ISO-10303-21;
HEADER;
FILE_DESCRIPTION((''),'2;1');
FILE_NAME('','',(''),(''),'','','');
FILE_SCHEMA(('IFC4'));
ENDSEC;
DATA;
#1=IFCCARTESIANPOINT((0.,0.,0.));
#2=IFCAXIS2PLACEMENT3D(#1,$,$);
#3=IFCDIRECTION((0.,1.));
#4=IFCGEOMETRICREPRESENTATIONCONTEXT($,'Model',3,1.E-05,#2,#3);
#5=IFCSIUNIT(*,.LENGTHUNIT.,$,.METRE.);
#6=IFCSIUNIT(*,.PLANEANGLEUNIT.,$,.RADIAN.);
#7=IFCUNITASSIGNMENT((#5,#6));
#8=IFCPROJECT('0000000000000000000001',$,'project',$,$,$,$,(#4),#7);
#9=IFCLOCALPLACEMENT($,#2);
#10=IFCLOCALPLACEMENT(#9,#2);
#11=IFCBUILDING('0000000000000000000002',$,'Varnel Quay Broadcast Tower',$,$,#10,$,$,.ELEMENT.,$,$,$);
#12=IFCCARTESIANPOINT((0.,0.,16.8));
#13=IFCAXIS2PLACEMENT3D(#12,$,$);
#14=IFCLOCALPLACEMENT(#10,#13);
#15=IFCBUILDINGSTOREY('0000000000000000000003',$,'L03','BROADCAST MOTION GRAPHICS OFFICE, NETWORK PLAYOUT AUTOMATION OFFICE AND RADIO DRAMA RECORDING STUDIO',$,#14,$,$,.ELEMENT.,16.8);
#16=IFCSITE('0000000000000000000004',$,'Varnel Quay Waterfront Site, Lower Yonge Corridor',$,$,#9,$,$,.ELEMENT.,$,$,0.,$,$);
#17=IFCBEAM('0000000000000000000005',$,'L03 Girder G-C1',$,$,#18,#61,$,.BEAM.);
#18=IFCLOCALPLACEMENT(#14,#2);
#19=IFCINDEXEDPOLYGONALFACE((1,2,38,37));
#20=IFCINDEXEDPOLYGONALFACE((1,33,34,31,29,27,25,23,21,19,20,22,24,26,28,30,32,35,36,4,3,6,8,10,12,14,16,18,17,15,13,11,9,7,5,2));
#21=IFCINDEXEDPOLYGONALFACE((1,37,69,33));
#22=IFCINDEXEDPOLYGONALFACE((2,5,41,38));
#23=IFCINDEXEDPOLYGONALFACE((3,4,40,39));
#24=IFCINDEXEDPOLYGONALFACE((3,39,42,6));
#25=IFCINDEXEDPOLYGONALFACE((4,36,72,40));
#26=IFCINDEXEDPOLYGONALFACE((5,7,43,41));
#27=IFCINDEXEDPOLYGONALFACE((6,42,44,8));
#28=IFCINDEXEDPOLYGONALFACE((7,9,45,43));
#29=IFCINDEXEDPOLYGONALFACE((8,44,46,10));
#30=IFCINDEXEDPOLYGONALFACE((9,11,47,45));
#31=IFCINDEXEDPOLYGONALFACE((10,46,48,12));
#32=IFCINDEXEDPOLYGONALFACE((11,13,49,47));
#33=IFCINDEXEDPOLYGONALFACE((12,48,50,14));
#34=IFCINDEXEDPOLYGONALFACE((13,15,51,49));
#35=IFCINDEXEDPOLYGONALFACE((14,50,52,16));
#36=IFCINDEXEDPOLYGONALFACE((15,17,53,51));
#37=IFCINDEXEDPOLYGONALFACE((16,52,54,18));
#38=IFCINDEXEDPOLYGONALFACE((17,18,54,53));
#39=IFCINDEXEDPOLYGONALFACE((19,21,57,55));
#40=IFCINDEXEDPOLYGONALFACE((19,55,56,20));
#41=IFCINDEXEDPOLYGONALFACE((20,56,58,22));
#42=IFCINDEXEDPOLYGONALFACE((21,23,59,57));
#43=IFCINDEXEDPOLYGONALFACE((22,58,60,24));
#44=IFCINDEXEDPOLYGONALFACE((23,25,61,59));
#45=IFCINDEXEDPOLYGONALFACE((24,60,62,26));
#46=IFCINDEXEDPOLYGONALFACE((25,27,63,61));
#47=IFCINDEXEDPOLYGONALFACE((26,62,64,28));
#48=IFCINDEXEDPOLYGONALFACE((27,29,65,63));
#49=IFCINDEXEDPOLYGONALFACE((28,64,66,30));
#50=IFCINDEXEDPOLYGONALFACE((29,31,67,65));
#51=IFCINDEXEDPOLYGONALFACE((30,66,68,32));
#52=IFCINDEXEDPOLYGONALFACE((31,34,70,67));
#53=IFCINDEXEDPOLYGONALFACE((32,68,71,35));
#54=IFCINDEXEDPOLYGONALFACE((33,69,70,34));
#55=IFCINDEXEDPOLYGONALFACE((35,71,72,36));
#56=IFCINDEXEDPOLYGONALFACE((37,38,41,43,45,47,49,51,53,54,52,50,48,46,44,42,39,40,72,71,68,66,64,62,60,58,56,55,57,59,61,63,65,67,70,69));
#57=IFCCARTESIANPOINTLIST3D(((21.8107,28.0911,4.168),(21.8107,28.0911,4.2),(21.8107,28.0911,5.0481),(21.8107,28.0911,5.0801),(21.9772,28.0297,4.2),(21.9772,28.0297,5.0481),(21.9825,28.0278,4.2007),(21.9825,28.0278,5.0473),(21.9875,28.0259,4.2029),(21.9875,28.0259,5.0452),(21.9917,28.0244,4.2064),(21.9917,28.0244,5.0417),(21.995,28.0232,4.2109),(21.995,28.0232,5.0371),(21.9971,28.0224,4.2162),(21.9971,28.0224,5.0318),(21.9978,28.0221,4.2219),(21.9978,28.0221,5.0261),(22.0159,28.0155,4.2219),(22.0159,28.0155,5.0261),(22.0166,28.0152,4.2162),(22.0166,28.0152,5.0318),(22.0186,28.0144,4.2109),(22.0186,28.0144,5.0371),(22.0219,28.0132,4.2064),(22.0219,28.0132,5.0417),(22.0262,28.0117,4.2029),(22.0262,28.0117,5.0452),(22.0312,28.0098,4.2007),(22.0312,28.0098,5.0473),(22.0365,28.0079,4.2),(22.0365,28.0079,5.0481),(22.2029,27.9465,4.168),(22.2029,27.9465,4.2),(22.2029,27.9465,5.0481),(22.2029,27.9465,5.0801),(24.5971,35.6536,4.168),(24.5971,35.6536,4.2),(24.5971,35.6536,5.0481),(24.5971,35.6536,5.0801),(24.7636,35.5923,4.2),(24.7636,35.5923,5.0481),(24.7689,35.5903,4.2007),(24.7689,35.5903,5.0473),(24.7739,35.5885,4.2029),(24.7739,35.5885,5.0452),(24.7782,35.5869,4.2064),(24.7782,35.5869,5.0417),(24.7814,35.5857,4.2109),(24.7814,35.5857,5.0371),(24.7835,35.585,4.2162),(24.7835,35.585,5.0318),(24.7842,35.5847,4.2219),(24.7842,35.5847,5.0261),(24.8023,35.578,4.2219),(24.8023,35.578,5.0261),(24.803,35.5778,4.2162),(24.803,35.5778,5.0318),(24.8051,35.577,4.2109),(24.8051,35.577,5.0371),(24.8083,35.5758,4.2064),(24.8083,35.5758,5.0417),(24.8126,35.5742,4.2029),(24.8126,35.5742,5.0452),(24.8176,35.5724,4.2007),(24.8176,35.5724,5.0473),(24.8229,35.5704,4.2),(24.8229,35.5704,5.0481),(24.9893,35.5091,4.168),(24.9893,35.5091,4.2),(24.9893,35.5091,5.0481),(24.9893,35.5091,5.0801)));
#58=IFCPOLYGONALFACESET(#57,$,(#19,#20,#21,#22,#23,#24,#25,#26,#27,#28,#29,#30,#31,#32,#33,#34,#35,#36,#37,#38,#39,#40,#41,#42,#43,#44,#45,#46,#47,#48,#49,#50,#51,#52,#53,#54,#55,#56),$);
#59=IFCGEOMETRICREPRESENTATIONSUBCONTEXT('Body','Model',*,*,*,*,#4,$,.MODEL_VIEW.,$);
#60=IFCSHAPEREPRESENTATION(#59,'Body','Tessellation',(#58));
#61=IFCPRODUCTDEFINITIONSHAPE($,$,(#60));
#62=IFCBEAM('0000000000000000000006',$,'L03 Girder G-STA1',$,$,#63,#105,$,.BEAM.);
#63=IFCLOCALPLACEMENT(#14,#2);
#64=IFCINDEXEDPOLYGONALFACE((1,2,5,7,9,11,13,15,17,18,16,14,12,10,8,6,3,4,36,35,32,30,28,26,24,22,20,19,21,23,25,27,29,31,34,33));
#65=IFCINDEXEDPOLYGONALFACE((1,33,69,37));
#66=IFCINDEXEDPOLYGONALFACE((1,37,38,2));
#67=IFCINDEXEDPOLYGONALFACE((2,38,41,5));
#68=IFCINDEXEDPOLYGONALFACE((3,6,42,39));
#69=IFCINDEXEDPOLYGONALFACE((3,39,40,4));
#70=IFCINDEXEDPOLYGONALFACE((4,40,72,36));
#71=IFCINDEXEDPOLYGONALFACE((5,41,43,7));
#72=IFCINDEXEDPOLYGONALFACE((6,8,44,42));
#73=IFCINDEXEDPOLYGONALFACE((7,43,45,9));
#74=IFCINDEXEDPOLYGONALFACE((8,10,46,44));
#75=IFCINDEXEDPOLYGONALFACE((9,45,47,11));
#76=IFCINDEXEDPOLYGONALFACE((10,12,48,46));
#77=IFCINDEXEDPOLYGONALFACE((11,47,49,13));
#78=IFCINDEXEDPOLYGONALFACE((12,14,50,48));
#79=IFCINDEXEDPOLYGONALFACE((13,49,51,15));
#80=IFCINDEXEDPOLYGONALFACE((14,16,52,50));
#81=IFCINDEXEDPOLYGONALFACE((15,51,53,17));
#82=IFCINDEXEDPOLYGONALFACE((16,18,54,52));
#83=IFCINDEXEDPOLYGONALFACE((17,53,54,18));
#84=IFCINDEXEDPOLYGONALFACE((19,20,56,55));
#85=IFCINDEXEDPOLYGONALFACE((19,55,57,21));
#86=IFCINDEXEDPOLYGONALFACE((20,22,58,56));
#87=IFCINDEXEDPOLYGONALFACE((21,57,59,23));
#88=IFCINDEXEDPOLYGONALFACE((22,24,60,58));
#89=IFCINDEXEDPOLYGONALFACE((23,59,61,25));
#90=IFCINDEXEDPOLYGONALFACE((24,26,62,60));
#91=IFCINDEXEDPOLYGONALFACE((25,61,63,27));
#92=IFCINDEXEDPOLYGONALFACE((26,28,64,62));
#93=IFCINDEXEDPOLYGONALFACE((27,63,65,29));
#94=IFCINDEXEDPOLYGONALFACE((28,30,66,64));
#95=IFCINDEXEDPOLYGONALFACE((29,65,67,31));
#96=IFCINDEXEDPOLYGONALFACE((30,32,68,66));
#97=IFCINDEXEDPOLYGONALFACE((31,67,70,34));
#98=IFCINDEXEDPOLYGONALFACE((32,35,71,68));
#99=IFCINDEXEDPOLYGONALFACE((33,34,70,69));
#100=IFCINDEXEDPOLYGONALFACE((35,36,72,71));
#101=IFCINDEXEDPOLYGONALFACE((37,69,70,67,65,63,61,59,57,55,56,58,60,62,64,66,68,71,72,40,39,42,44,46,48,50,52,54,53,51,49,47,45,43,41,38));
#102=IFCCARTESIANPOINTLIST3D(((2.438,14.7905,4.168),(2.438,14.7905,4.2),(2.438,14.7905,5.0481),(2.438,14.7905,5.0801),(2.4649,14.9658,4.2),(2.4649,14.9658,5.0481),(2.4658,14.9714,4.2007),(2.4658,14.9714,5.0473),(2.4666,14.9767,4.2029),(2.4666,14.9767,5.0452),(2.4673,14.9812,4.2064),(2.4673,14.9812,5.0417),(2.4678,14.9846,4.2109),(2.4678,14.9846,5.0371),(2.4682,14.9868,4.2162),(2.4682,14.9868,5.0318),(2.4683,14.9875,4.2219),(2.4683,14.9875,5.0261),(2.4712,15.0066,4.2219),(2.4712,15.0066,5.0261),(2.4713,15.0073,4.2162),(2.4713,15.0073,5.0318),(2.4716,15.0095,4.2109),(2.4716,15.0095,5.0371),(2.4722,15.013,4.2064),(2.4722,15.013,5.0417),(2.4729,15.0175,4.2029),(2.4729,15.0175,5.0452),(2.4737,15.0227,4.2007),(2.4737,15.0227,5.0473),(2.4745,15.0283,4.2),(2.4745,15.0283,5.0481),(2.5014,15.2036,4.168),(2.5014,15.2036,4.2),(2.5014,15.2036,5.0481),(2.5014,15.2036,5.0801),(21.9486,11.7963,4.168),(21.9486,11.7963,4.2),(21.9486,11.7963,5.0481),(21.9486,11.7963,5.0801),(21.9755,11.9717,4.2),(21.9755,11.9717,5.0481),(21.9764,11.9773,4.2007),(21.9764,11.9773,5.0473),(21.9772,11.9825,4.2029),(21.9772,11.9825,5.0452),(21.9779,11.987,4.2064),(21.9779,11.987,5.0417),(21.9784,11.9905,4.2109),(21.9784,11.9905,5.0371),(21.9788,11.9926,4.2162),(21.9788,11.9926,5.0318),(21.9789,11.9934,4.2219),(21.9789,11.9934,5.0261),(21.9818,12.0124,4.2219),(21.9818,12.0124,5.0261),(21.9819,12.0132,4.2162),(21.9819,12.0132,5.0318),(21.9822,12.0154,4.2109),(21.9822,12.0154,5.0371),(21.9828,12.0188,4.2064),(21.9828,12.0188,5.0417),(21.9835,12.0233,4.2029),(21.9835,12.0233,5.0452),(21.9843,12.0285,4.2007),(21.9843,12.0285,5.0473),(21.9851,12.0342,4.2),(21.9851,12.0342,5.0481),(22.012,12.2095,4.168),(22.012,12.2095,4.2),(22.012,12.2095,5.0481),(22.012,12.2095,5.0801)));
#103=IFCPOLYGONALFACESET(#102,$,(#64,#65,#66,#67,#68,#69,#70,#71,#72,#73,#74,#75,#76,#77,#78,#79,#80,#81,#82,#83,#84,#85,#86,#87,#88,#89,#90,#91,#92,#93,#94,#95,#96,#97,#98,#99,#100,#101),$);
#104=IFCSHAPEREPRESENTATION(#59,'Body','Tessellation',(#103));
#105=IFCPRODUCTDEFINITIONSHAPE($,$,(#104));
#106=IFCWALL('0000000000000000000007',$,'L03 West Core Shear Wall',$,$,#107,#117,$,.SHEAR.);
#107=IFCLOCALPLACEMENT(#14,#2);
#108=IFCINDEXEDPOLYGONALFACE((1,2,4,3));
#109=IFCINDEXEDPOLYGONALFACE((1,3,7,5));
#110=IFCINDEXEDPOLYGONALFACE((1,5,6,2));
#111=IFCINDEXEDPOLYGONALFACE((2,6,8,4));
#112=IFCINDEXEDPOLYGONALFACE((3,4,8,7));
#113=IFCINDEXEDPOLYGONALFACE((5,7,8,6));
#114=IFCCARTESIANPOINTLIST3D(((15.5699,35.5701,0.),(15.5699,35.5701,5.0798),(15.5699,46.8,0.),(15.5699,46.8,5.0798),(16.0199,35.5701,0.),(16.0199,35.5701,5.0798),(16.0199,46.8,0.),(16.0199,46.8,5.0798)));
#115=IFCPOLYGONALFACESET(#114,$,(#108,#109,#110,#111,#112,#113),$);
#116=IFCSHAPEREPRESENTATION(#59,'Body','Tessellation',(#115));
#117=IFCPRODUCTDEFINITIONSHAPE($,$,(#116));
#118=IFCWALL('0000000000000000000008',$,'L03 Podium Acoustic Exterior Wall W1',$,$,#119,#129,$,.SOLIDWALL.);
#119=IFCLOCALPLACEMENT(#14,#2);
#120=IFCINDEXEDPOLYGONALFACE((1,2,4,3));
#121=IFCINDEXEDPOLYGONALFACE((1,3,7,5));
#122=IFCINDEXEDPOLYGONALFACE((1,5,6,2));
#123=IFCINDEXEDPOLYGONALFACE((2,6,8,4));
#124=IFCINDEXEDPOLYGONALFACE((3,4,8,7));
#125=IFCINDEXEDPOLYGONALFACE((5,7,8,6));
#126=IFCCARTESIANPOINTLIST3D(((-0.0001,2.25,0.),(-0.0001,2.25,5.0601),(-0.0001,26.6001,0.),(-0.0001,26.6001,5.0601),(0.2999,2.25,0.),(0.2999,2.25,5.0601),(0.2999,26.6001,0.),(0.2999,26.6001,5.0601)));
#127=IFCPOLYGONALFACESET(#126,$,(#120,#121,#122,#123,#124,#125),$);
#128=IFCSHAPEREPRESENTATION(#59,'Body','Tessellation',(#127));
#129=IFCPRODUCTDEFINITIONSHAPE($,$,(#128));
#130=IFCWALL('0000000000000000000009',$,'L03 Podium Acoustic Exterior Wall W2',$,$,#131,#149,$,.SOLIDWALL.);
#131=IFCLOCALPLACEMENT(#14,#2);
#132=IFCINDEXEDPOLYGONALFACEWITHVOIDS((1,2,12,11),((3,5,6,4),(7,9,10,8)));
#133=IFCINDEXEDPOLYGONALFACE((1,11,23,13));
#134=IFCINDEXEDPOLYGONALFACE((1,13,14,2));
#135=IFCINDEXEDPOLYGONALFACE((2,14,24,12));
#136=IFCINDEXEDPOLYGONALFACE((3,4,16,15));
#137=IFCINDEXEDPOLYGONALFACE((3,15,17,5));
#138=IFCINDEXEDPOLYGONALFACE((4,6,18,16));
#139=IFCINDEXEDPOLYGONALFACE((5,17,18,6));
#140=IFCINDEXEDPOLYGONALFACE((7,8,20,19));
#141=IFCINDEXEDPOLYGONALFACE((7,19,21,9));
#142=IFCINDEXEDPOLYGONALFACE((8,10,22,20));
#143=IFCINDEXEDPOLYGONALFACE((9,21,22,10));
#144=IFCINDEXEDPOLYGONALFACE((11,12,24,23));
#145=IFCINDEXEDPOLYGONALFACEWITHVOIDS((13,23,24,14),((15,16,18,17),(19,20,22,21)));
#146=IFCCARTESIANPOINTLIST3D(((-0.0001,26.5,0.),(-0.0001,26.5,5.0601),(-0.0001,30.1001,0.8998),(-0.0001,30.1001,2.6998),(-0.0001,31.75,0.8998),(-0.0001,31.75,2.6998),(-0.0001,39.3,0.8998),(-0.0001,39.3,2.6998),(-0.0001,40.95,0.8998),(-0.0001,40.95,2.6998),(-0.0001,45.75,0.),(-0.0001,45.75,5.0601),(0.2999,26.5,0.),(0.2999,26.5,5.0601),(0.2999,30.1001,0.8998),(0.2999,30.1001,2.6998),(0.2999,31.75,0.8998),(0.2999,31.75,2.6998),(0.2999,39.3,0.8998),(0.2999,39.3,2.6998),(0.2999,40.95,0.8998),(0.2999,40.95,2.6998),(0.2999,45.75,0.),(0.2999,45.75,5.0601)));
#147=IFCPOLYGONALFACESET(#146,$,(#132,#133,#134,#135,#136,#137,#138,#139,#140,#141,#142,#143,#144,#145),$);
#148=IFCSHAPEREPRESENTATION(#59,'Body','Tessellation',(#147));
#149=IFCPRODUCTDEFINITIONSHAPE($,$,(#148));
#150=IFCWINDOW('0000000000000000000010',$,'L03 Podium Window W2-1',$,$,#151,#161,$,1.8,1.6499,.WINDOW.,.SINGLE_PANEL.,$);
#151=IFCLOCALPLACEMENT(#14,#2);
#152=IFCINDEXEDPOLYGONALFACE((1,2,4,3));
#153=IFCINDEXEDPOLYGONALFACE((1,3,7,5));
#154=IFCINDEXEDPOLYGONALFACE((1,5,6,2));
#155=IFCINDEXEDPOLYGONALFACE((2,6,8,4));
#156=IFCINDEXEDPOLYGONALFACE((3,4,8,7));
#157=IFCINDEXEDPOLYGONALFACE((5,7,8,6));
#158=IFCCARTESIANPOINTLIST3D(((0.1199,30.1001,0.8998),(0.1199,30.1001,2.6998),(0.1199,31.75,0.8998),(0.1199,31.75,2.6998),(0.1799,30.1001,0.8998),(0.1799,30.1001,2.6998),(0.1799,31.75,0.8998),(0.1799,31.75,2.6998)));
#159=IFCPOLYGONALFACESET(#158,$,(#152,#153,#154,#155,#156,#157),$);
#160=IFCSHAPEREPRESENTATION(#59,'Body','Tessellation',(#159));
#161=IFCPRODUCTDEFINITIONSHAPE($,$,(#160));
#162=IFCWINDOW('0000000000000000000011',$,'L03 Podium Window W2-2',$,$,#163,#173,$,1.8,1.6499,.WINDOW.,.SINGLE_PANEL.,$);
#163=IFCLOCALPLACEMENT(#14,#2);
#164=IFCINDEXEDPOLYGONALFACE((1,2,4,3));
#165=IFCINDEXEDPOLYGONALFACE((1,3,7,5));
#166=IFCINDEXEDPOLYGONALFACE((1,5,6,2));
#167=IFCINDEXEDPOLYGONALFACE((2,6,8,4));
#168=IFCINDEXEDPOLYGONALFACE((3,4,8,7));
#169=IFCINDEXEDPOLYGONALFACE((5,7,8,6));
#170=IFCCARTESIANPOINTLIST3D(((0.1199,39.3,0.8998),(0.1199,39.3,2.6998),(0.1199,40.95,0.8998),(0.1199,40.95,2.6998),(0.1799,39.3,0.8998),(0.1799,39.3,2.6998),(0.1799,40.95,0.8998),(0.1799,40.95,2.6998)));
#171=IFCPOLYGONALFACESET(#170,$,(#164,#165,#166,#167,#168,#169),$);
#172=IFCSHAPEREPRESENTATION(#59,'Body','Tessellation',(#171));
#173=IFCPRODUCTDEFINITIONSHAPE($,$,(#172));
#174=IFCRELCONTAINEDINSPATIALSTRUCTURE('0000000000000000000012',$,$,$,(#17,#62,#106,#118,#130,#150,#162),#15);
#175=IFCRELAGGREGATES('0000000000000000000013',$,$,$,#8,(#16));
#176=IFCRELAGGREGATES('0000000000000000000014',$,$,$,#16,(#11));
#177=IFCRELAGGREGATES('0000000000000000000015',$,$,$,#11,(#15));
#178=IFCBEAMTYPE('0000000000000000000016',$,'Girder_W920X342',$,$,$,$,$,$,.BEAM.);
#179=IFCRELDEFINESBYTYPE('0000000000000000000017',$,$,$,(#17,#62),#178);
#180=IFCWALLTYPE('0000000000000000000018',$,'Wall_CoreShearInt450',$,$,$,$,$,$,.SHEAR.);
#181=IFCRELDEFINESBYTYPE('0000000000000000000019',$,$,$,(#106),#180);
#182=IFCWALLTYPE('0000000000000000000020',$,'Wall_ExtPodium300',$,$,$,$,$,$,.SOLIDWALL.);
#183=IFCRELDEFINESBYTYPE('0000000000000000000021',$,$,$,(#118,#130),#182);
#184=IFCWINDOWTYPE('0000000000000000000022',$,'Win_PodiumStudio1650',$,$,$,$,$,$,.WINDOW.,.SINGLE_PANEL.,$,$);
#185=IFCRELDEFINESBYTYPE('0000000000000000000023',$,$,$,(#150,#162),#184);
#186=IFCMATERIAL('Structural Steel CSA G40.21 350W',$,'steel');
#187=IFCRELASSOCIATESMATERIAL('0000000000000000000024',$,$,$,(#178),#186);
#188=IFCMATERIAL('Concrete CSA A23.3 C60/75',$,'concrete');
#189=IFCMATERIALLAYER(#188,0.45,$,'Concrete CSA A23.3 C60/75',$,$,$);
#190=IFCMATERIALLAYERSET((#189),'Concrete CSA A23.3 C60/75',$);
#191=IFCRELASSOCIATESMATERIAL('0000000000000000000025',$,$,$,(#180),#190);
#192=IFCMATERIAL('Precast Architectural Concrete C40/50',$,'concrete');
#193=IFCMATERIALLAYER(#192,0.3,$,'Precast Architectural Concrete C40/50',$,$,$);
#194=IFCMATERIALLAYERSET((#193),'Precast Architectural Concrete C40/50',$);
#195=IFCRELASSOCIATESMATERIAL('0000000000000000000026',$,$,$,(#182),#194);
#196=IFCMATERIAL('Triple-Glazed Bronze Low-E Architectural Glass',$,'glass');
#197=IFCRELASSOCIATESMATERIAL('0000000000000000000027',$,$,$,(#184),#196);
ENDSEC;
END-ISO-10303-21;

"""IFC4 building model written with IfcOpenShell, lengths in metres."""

from ifc_helpers import new_model, si_unit, direction, frame, frame_2d, origin, origin_2d, place, context, subcontext, project, spatial, rectangle, i_section, extrude, source, transform, mapped, material, layer, layer_set, material_profile, profile_set, type_object, type_shapes, element, fill, save


model = new_model("IFC4")

# Units and contexts
model_context = context("Model", 3, precision=1e-05, world=origin(), true_north=direction((0.0, 1.0)))
body_context = subcontext(model_context, "Body", "Model", "MODEL_VIEW")
ifc_project = project(units=[si_unit("LENGTHUNIT", "METRE"), si_unit("PLANEANGLEUNIT", "RADIAN")], contexts=[model_context])

# Site, building, storey
site_placement = place(None, origin())
site = spatial("IfcSite", under=ifc_project, at=site_placement, Name="Varnel Quay Waterfront Site, Lower Yonge Corridor", CompositionType="ELEMENT", RefElevation=0.0)
building_placement = place(site_placement, origin())
building = spatial("IfcBuilding", under=site, at=building_placement, Name="Varnel Quay Broadcast Tower", CompositionType="ELEMENT")
storey_placement = place(building_placement, frame((0.0, 0.0, 16.8)))
storey = spatial("IfcBuildingStorey", under=building, at=storey_placement, Name="L03", Description="BROADCAST MOTION GRAPHICS OFFICE, NETWORK PLAYOUT AUTOMATION OFFICE AND RADIO DRAMA RECORDING STUDIO", CompositionType="ELEMENT", Elevation=16.8)

# Shared definitions
ifc_material_1 = material(Name="Structural Steel CSA G40.21 350W", Category="steel")

# Beams
ifc_material_profile_1 = material_profile(ifc_material_1, i_section(OverallWidth=0.418, OverallDepth=0.9121, WebThickness=0.0193, FlangeThickness=0.032, FilletRadius=0.022, at=origin_2d()), Name="W920X342")
ifc_profile_set_1 = profile_set([ifc_material_profile_1], Name="Structural Steel CSA G40.21 350W")
beam_type = type_object("IfcBeamType", Name="Girder_W920X342", PredefinedType="BEAM", material=ifc_profile_set_1)
shared_shape_1 = source(origin(), body_context, "Body", "SweptSolid", [
    extrude(i_section(OverallWidth=0.418, OverallDepth=0.9121, WebThickness=0.0193, FlangeThickness=0.032, FilletRadius=0.022, at=origin_2d()), origin(), (0.0, 0.0, 1.0), 8.0596),
])
beam_1_placement = place(storey_placement, frame((22.0068, 28.0188, 4.624), z_axis=(0.345726, 0.938335, 0.0), x_axis=(-0.938335, 0.345726, 0.0)))
element("IfcBeam", 1, at=beam_1_placement, inside=storey, type_object=beam_type, Name="L03 Girder G-C1", PredefinedType="BEAM", context=body_context, shape_type="MappedRepresentation", body=[
    mapped(shared_shape_1, transform((0.0, 0.0, 0.0), x_axis=(1.0, 0.0, 0.0), y_axis=(0.0, 1.0, 0.0), z_axis=(0.0, 0.0, 1.0), scale=1.0)),
])
shared_shape_2 = source(origin(), body_context, "Body", "SweptSolid", [
    extrude(i_section(OverallWidth=0.418, OverallDepth=0.9121, WebThickness=0.0193, FlangeThickness=0.032, FilletRadius=0.022, at=origin_2d()), origin(), (0.0, 0.0, 1.0), 19.739),
])
beam_2_placement = place(storey_placement, frame((2.4697, 14.9971, 4.624), z_axis=(0.988429, -0.151687, 0.0), x_axis=(0.151687, 0.988429, 0.0)))
element("IfcBeam", 2, at=beam_2_placement, inside=storey, type_object=beam_type, Name="L03 Girder G-STA1", PredefinedType="BEAM", context=body_context, shape_type="MappedRepresentation", body=[
    mapped(shared_shape_2, transform((0.0, 0.0, 0.0), x_axis=(1.0, 0.0, 0.0), y_axis=(0.0, 1.0, 0.0), z_axis=(0.0, 0.0, 1.0), scale=1.0)),
])

# Walls
ifc_material_2 = material(Name="Concrete CSA A23.3 C60/75", Category="concrete")
ifc_layer_1 = layer(ifc_material_2, 0.45, Name="Concrete CSA A23.3 C60/75")
ifc_layer_set_1 = layer_set([ifc_layer_1], Name="Concrete CSA A23.3 C60/75")
wall_type_1 = type_object("IfcWallType", Name="Wall_CoreShearInt450", PredefinedType="SHEAR", material=ifc_layer_set_1)
wall_1_placement = place(storey_placement, frame((15.7949, 35.5701, 0.0), z_axis=(0.0, 0.0, 1.0), x_axis=(0.0, 1.0, 0.0)))
element("IfcWall", 3, at=wall_1_placement, inside=storey, type_object=wall_type_1, Name="L03 West Core Shear Wall", PredefinedType="SHEAR", context=body_context, shape_type="SweptSolid", body=[
    extrude(rectangle(XDim=11.23, YDim=0.45, at=frame_2d((5.615, 0.0))), origin(), (0.0, 0.0, 1.0), 5.0798),
])
ifc_material_3 = material(Name="Precast Architectural Concrete C40/50", Category="concrete")
ifc_layer_2 = layer(ifc_material_3, 0.3, Name="Precast Architectural Concrete C40/50")
ifc_layer_set_2 = layer_set([ifc_layer_2], Name="Precast Architectural Concrete C40/50")
wall_type_2 = type_object("IfcWallType", Name="Wall_ExtPodium300", PredefinedType="SOLIDWALL", material=ifc_layer_set_2)
wall_2_placement = place(storey_placement, frame((0.1499, 2.25, 0.0), z_axis=(0.0, 0.0, 1.0), x_axis=(0.0, 1.0, 0.0)))
element("IfcWall", 4, at=wall_2_placement, inside=storey, type_object=wall_type_2, Name="L03 Podium Acoustic Exterior Wall W1", PredefinedType="SOLIDWALL", context=body_context, shape_type="SweptSolid", body=[
    extrude(rectangle(XDim=24.3501, YDim=0.3, at=frame_2d((12.175, 0.0))), origin(), (0.0, 0.0, 1.0), 5.0601),
])

# Wall, openings, windows
wall_3_placement = place(storey_placement, frame((0.1499, 26.5, 0.0), z_axis=(0.0, 0.0, 1.0), x_axis=(0.0, 1.0, 0.0)))
wall_3 = element("IfcWall", 5, at=wall_3_placement, inside=storey, type_object=wall_type_2, Name="L03 Podium Acoustic Exterior Wall W2", PredefinedType="SOLIDWALL", context=body_context, shape_type="SweptSolid", body=[
    extrude(rectangle(XDim=19.25, YDim=0.3, at=frame_2d((9.625, 0.0))), origin(), (0.0, 0.0, 1.0), 5.0601),
])
opening_1_placement = place(wall_3_placement, frame((3.6001, 0.0, 0.8999)))
opening_1 = element("IfcOpeningElement", 6, at=opening_1_placement, cuts=wall_3, PredefinedType="OPENING", context=body_context, shape_type="SweptSolid", body=[
    extrude(rectangle(XDim=1.6499, YDim=1.8, at=frame_2d((0.825, 0.8999))), frame((0.0, 0.1602, 0.0), z_axis=(0.0, -1.0, 0.0), x_axis=(1.0, 0.0, 0.0)), (0.0, 0.0, 1.0), 0.3201),
])
opening_2_placement = place(wall_3_placement, frame((12.8, 0.0, 0.8999)))
opening_2 = element("IfcOpeningElement", 7, at=opening_2_placement, cuts=wall_3, PredefinedType="OPENING", context=body_context, shape_type="SweptSolid", body=[
    extrude(rectangle(XDim=1.6499, YDim=1.8, at=frame_2d((0.825, 0.8999))), frame((0.0, 0.1602, 0.0), z_axis=(0.0, -1.0, 0.0), x_axis=(1.0, 0.0, 0.0)), (0.0, 0.0, 1.0), 0.3201),
])
ifc_material_4 = material(Name="Triple-Glazed Bronze Low-E Architectural Glass", Category="glass")
window_type_1 = type_object("IfcWindowType", Name="Win_PodiumStudio1650", PartitioningType="SINGLE_PANEL", PredefinedType="WINDOW", material=ifc_material_4)
shared_shape_3 = source(origin(), body_context, "Body", "SweptSolid", [
    extrude(rectangle(XDim=1.6499, YDim=1.8, at=frame_2d((0.825, 0.8999))), frame((0.0, 0.03, 0.0), z_axis=(0.0, -1.0, 0.0), x_axis=(1.0, 0.0, 0.0)), (0.0, 0.0, 1.0), 0.0601),
])
type_shapes(window_type_1, [shared_shape_3])
window_1_placement = place(opening_1_placement, origin())
window_1 = element("IfcWindow", 8, at=window_1_placement, inside=storey, type_object=window_type_1, Name="L03 Podium Window W2-1", OverallHeight=1.8, OverallWidth=1.6499, PartitioningType="SINGLE_PANEL", PredefinedType="WINDOW", context=body_context, shape_type="MappedRepresentation", body=[
    mapped(shared_shape_3, transform((0.0, 0.0, 0.0), x_axis=(1.0, 0.0, 0.0), y_axis=(0.0, 1.0, 0.0), z_axis=(0.0, 0.0, 1.0), scale=1.0)),
])
fill(opening_1, window_1)
window_2_placement = place(opening_2_placement, origin())
window_2 = element("IfcWindow", 9, at=window_2_placement, inside=storey, type_object=window_type_1, Name="L03 Podium Window W2-2", OverallHeight=1.8, OverallWidth=1.6499, PartitioningType="SINGLE_PANEL", PredefinedType="WINDOW", context=body_context, shape_type="MappedRepresentation", body=[
    mapped(shared_shape_3, transform((0.0, 0.0, 0.0), x_axis=(1.0, 0.0, 0.0), y_axis=(0.0, 1.0, 0.0), z_axis=(0.0, 0.0, 1.0), scale=1.0)),
])
fill(opening_2, window_2)

save(model, "model.ifc")
